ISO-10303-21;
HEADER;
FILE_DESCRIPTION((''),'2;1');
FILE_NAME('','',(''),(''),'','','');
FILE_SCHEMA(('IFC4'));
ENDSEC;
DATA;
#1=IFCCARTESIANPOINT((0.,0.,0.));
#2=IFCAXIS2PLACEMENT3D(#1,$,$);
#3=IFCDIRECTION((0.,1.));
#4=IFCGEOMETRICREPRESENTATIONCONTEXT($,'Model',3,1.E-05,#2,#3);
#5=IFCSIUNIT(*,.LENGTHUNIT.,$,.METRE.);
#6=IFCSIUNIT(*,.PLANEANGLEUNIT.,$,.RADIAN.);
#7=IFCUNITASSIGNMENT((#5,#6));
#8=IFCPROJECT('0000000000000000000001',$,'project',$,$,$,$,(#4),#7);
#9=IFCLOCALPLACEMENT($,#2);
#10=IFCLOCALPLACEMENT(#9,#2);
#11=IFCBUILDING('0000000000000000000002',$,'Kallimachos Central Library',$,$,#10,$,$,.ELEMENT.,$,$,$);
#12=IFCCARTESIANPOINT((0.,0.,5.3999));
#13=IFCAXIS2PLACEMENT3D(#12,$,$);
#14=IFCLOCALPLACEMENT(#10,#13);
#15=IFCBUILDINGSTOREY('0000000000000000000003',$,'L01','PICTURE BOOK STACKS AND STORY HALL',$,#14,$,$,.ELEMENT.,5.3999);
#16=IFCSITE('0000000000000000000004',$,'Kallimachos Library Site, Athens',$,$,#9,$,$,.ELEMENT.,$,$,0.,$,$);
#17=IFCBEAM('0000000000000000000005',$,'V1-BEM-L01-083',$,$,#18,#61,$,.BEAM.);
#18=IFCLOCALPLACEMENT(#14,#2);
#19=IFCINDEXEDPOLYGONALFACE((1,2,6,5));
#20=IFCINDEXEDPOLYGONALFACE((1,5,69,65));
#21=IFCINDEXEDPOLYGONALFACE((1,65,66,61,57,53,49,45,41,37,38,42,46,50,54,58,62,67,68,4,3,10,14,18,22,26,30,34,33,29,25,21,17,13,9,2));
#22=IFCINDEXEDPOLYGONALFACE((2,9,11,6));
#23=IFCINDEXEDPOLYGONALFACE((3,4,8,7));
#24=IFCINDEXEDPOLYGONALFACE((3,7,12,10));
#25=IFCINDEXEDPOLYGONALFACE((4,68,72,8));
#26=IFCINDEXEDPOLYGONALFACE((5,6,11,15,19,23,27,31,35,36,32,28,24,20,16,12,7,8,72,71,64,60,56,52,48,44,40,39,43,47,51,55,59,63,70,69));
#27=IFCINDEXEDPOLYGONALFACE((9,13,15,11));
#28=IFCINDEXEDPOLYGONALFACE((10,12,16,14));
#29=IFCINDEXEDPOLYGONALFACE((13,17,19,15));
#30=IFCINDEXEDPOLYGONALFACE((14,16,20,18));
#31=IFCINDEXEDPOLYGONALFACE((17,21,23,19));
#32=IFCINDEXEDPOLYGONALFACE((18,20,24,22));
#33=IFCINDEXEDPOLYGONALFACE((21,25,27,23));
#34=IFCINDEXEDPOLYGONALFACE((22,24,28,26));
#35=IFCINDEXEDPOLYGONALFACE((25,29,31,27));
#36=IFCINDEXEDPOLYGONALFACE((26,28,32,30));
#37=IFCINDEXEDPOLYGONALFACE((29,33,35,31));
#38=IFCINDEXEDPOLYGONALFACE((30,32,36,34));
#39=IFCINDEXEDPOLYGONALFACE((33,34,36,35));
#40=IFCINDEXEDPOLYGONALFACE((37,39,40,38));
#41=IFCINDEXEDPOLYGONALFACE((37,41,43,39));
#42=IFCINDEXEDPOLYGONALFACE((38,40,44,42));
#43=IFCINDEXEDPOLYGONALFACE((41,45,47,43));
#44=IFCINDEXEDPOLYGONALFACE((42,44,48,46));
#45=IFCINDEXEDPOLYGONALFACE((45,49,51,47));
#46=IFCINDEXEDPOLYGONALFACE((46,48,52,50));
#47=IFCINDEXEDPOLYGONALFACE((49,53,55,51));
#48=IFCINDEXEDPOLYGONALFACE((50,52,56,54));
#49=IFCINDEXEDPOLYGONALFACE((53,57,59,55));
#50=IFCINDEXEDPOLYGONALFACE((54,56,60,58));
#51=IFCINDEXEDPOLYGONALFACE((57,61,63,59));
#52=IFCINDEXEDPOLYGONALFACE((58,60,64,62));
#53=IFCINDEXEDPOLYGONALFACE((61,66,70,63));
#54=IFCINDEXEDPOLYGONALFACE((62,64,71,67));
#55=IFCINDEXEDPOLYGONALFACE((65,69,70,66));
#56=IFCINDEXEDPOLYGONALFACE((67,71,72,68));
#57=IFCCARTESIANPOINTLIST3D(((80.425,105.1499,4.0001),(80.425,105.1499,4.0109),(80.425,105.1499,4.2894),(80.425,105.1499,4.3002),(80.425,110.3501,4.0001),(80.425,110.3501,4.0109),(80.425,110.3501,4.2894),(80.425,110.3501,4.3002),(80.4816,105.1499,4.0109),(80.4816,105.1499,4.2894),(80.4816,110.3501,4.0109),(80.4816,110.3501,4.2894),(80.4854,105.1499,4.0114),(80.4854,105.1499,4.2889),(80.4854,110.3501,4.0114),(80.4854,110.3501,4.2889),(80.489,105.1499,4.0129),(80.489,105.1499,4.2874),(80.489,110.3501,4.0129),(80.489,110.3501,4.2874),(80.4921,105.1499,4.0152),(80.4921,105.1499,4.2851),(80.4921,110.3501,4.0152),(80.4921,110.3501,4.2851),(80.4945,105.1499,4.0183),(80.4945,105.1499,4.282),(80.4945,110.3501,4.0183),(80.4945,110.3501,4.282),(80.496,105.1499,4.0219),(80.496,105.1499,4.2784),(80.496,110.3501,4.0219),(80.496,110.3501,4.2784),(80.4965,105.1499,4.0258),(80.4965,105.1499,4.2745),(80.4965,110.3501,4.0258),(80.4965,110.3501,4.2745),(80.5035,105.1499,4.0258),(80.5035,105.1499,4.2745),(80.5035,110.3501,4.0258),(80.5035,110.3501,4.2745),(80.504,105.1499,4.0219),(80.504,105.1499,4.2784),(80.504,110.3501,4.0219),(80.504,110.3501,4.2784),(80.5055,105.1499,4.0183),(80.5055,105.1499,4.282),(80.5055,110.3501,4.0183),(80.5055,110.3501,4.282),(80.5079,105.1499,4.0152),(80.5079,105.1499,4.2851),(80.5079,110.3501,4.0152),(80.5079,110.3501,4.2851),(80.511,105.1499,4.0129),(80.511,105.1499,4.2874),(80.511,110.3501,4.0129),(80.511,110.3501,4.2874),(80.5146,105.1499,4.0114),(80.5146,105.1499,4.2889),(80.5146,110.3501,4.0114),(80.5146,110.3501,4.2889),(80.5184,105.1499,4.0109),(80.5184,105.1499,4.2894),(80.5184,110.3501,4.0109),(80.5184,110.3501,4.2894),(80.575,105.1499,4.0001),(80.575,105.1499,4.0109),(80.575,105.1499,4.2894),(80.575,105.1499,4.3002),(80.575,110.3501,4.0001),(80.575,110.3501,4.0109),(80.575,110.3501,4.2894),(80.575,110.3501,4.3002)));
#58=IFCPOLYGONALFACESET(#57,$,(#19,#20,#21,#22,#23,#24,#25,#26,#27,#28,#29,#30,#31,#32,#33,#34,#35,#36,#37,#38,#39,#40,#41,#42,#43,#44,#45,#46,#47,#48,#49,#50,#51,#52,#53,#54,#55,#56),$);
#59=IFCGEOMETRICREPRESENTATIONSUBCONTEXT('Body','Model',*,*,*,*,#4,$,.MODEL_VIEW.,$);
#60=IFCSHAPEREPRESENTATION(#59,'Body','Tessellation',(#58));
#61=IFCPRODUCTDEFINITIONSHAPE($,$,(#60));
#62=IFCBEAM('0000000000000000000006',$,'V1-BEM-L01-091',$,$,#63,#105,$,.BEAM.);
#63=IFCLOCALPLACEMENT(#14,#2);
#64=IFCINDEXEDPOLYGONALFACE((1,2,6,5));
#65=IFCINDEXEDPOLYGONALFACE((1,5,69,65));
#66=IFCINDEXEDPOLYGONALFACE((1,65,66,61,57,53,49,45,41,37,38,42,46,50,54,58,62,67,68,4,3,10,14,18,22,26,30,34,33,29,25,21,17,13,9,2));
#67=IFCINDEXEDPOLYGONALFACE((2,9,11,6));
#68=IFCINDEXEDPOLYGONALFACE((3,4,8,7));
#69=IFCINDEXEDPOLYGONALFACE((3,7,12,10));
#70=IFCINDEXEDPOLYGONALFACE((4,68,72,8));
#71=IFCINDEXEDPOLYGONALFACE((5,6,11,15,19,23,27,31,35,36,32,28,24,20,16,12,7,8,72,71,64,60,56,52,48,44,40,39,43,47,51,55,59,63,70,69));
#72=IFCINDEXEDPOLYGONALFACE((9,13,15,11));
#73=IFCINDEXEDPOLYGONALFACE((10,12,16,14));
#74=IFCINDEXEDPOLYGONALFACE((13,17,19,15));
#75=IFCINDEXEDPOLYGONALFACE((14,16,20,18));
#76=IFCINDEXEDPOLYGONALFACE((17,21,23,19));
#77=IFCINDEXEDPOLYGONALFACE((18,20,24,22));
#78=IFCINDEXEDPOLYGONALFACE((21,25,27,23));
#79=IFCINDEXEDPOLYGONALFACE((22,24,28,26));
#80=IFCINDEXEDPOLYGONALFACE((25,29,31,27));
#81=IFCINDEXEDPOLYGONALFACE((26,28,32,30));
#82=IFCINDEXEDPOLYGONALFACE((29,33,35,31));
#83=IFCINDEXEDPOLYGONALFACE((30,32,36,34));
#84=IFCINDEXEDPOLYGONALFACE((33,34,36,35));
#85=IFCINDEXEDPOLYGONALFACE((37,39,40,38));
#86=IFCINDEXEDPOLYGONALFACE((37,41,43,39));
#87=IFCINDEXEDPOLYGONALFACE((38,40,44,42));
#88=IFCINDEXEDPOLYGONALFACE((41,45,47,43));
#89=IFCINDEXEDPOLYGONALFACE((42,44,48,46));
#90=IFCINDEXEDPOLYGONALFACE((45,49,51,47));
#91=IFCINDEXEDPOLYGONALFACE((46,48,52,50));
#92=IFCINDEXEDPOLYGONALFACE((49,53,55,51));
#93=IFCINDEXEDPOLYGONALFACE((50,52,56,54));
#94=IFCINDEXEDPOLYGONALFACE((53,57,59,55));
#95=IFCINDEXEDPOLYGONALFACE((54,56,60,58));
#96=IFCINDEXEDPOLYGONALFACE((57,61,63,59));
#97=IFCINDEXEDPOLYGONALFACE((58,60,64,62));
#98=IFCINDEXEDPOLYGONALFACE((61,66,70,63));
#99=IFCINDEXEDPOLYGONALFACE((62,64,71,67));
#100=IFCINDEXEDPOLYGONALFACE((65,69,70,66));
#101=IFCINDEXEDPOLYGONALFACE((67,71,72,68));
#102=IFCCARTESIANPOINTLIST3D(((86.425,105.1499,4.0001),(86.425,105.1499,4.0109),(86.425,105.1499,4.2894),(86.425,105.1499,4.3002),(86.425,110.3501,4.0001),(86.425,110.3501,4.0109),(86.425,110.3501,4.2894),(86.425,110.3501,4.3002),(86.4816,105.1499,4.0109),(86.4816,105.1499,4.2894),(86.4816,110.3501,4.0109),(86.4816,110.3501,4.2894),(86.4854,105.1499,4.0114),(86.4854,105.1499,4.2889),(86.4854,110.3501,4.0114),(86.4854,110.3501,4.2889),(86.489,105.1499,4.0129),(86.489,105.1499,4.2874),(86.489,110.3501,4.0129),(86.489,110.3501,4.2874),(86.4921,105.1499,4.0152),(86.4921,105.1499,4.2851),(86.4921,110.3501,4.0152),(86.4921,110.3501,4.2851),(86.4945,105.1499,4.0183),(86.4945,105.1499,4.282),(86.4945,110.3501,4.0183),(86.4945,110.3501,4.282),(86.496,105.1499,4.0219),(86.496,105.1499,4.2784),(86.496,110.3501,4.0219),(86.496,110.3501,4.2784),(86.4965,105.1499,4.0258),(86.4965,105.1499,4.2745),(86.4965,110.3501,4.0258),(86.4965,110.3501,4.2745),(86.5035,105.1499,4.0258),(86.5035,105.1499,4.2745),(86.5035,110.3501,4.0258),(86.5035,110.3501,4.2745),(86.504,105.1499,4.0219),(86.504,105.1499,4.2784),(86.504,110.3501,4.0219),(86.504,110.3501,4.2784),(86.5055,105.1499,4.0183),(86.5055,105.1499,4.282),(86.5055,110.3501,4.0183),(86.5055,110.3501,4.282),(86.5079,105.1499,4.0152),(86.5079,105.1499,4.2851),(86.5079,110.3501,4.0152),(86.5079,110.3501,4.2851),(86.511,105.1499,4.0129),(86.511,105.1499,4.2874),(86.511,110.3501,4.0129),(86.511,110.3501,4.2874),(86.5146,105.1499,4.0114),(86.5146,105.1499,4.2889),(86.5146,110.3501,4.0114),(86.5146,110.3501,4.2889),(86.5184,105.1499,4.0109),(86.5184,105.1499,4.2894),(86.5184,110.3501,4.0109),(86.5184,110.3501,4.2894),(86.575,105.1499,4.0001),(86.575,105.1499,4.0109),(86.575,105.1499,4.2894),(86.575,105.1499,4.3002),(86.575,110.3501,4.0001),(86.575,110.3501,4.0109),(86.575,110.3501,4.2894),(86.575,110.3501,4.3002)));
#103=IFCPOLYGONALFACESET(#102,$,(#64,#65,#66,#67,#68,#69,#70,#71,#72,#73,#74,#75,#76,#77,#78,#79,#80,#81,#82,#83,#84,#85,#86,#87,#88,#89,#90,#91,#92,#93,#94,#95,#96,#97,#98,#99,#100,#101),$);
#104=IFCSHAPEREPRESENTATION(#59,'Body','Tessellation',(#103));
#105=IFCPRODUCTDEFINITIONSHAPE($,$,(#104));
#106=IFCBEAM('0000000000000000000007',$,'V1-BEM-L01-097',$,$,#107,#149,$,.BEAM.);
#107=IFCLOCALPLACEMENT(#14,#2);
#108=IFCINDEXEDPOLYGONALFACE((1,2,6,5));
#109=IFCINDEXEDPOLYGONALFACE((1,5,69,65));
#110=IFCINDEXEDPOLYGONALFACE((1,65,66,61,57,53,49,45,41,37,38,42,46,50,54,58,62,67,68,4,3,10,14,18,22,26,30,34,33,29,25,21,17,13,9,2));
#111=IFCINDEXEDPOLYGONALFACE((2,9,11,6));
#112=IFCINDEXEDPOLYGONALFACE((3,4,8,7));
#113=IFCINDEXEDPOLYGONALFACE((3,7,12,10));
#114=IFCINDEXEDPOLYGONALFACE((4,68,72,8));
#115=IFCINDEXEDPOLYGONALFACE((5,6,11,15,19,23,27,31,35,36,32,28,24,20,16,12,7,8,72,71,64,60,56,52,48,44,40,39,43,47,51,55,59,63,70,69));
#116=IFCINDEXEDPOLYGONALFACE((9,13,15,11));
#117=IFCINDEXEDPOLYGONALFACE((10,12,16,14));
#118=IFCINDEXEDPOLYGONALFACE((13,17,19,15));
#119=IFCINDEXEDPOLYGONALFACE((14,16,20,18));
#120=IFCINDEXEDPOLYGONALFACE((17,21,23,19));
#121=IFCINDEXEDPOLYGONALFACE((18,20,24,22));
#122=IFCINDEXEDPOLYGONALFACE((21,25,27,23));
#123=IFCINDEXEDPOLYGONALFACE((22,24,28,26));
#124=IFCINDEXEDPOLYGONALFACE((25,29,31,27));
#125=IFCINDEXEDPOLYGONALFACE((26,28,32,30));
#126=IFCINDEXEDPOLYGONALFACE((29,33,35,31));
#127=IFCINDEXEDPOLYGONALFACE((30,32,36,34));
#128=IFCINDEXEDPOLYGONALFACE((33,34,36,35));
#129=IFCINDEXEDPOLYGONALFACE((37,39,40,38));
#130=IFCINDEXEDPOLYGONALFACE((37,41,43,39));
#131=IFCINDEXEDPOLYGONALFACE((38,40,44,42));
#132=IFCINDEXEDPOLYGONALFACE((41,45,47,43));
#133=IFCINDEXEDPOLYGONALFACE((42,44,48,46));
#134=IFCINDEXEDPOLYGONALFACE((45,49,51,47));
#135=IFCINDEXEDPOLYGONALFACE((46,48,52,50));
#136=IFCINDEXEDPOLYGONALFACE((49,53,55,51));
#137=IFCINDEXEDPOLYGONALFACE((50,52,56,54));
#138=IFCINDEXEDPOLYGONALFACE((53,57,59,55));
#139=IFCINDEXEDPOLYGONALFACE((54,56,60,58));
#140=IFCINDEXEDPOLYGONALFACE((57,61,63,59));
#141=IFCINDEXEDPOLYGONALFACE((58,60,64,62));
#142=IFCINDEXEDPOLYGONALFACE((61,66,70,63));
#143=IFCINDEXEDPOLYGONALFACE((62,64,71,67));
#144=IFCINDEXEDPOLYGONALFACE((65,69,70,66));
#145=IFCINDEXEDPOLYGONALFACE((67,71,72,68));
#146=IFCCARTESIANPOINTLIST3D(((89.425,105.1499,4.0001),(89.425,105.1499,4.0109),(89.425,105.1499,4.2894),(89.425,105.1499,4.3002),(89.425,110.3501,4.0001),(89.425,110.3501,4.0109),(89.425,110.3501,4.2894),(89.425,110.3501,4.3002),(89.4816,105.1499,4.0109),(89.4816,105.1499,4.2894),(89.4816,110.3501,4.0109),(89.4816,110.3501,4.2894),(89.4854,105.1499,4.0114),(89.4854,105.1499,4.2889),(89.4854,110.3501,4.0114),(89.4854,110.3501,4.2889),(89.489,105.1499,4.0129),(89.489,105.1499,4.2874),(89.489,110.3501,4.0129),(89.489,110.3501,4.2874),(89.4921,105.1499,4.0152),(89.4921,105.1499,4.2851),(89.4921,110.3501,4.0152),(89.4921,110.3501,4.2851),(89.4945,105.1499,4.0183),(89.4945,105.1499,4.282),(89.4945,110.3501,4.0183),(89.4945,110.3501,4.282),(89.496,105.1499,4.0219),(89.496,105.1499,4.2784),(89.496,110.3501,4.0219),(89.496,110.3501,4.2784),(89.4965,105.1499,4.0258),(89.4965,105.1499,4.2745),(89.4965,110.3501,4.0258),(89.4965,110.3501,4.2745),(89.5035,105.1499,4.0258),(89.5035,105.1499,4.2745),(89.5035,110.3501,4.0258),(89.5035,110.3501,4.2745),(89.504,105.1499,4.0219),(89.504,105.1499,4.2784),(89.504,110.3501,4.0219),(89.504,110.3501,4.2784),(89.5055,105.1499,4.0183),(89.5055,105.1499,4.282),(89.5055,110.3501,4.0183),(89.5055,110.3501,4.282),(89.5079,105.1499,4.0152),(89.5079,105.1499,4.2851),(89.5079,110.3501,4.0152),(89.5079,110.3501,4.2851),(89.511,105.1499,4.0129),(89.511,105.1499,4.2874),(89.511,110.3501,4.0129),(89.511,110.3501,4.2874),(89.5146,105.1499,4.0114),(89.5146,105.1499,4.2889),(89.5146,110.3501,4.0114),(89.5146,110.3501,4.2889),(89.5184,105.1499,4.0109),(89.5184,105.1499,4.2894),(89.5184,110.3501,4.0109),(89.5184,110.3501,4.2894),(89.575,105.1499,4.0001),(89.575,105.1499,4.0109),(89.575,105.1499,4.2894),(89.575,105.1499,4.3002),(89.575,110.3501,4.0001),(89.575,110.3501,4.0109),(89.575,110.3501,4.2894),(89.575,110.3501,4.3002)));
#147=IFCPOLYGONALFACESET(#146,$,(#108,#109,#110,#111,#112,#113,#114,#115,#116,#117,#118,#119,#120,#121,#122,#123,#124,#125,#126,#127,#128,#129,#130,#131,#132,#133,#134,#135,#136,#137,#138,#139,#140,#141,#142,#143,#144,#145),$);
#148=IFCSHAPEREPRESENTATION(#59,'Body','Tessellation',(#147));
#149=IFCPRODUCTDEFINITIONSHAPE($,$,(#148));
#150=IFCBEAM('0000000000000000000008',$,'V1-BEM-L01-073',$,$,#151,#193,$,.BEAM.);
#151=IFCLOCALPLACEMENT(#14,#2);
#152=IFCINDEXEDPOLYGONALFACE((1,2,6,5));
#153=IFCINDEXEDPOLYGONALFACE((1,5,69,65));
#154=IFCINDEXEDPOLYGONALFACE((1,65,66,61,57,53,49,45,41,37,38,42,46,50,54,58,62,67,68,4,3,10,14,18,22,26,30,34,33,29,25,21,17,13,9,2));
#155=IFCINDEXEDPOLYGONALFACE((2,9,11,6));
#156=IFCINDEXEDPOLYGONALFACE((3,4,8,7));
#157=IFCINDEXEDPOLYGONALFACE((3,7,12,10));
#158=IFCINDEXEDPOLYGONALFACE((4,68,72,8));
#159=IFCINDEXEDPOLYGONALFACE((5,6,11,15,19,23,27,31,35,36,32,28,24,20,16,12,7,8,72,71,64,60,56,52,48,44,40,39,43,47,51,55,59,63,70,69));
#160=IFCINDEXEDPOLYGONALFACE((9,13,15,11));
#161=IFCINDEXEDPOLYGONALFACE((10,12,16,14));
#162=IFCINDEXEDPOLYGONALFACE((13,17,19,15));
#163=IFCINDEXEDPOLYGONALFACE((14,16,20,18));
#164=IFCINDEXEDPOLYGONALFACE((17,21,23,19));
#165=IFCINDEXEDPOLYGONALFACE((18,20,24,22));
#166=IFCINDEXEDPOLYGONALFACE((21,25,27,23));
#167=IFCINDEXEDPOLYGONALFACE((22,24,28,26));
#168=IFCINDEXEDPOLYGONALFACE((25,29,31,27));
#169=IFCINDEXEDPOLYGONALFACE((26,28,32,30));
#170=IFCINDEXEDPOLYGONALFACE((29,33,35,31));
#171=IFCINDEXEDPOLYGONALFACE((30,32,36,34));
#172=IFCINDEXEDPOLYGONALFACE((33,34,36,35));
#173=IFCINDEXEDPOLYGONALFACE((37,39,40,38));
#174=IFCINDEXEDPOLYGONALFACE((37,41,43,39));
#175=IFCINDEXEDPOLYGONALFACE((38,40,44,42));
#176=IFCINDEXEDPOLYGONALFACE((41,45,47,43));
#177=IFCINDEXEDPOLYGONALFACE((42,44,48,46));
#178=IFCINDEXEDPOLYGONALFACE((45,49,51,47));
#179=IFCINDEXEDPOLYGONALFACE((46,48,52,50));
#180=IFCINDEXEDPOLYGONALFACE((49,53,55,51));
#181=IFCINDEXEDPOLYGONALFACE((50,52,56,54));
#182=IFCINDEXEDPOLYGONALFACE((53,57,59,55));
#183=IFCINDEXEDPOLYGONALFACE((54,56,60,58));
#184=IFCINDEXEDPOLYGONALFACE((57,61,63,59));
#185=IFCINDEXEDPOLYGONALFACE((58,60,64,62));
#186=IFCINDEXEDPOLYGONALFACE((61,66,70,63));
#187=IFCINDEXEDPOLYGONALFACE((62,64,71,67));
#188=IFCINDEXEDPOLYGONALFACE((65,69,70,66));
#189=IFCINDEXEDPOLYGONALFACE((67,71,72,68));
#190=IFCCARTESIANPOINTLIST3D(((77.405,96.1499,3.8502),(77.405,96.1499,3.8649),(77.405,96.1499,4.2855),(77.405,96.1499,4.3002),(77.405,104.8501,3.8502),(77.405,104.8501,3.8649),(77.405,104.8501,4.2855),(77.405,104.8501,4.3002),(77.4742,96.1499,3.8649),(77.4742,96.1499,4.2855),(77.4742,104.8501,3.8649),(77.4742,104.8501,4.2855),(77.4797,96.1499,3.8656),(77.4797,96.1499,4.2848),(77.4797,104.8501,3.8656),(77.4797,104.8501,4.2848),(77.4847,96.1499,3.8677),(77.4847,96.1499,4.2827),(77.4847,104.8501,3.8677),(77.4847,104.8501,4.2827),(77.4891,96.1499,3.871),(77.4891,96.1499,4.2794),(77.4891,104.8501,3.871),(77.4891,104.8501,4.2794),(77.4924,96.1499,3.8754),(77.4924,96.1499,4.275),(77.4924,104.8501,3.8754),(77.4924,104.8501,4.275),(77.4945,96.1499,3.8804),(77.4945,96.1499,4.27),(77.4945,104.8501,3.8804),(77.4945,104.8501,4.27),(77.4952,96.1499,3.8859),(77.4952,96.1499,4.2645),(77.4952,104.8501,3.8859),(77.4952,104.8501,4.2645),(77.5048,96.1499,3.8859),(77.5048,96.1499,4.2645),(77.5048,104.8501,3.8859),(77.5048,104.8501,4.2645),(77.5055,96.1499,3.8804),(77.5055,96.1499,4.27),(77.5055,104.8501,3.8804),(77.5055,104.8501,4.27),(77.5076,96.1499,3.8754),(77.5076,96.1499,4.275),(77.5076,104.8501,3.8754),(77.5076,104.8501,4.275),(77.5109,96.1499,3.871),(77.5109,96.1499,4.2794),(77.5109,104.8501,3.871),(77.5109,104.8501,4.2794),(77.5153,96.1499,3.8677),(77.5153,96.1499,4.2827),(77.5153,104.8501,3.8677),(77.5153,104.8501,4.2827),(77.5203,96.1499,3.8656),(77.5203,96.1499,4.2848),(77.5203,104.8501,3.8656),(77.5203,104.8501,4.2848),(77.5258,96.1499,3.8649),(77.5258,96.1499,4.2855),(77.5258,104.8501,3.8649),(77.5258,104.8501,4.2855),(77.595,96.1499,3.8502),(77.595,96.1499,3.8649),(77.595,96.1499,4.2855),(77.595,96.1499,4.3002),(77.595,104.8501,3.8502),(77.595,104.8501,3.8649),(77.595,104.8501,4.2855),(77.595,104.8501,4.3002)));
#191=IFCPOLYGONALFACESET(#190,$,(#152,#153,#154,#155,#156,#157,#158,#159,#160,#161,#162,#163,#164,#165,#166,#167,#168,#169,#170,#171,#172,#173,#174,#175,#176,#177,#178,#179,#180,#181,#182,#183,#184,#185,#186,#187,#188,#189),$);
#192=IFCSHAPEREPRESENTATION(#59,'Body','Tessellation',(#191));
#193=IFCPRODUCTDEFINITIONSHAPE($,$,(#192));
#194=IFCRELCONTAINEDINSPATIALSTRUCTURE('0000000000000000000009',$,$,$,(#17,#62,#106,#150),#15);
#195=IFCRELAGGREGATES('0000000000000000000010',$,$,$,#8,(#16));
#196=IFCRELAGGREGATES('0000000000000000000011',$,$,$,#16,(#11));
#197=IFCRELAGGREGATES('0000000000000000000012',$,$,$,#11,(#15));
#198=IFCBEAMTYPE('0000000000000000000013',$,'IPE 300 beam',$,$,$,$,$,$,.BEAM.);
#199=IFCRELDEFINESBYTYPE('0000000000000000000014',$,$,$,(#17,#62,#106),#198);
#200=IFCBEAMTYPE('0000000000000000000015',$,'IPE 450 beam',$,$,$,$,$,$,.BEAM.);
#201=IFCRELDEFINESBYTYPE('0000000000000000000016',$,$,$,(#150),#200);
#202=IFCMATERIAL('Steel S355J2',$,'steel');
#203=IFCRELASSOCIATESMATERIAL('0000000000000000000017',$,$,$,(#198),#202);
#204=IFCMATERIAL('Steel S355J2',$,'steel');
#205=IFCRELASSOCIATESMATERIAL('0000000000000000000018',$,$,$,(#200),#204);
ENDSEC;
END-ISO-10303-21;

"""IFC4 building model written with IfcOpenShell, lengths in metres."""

from ifc_helpers import new_model, si_unit, direction, frame, origin, origin_2d, place, context, subcontext, project, spatial, i_section, extrude, material, material_profile, profile_set, type_object, element, save


model = new_model("IFC4")

# Units and contexts
model_context = context("Model", 3, precision=1e-05, world=origin(), true_north=direction((0.0, 1.0)))
body_context = subcontext(model_context, "Body", "Model", "MODEL_VIEW")
ifc_project = project(units=[si_unit("LENGTHUNIT", "METRE"), si_unit("PLANEANGLEUNIT", "RADIAN")], contexts=[model_context])

# Site, building, storey
site_placement = place(None, origin())
site = spatial("IfcSite", under=ifc_project, at=site_placement, Name="Kallimachos Library Site, Athens", CompositionType="ELEMENT", RefElevation=0.0)
building_placement = place(site_placement, origin())
building = spatial("IfcBuilding", under=site, at=building_placement, Name="Kallimachos Central Library", CompositionType="ELEMENT")
storey_placement = place(building_placement, frame((0.0, 0.0, 5.3999)))
storey = spatial("IfcBuildingStorey", under=building, at=storey_placement, Name="L01", Description="PICTURE BOOK STACKS AND STORY HALL", CompositionType="ELEMENT", Elevation=5.3999)

# Beams
ifc_material_1 = material(Name="Steel S355J2", Category="steel")
ifc_material_profile_1 = material_profile(ifc_material_1, i_section(OverallWidth=0.1499, OverallDepth=0.3, WebThickness=0.0071, FlangeThickness=0.0107, FilletRadius=0.0149, at=origin_2d()), Name="IPE 300")
ifc_profile_set_1 = profile_set([ifc_material_profile_1], Name="Steel S355J2")
beam_type_1 = type_object("IfcBeamType", Name="IPE 300 beam", PredefinedType="BEAM", material=ifc_profile_set_1)
for number, where, z_axis, x_axis, name in (
    (1, (80.5, 105.1499, 4.1501), (0.0, 1.0, 0.0), (-1.0, 0.0, 0.0), "V1-BEM-L01-083"),
    (2, (86.5, 105.1499, 4.1501), (0.0, 1.0, 0.0), (-1.0, 0.0, 0.0), "V1-BEM-L01-091"),
    (3, (89.5, 105.1499, 4.1501), (0.0, 1.0, 0.0), (-1.0, 0.0, 0.0), "V1-BEM-L01-097"),
):
    element("IfcBeam", number, at=place(storey_placement, frame(where, z_axis=z_axis, x_axis=x_axis)), inside=storey, type_object=beam_type_1, Name=name, PredefinedType="BEAM", context=body_context, shape_type="SweptSolid", body=[
        extrude(i_section(OverallWidth=0.1499, OverallDepth=0.3, WebThickness=0.0071, FlangeThickness=0.0107, FilletRadius=0.0149, at=origin_2d()), origin(), (0.0, 0.0, 1.0), 5.2002),
    ])
ifc_material_2 = material(Name="Steel S355J2", Category="steel")
ifc_material_profile_2 = material_profile(ifc_material_2, i_section(OverallWidth=0.1899, OverallDepth=0.45, WebThickness=0.0095, FlangeThickness=0.0146, FilletRadius=0.021, at=origin_2d()), Name="IPE 450")
ifc_profile_set_2 = profile_set([ifc_material_profile_2], Name="Steel S355J2")
beam_type_2 = type_object("IfcBeamType", Name="IPE 450 beam", PredefinedType="BEAM", material=ifc_profile_set_2)
for number, where, z_axis, x_axis, name in (
    (4, (77.5, 96.1499, 4.0752), (0.0, 1.0, 0.0), (-1.0, 0.0, 0.0), "V1-BEM-L01-073"),
):
    element("IfcBeam", number, at=place(storey_placement, frame(where, z_axis=z_axis, x_axis=x_axis)), inside=storey, type_object=beam_type_2, Name=name, PredefinedType="BEAM", context=body_context, shape_type="SweptSolid", body=[
        extrude(i_section(OverallWidth=0.1899, OverallDepth=0.45, WebThickness=0.0095, FlangeThickness=0.0146, FilletRadius=0.021, at=origin_2d()), origin(), (0.0, 0.0, 1.0), 8.7002),
    ])

save(model, "model.ifc")
